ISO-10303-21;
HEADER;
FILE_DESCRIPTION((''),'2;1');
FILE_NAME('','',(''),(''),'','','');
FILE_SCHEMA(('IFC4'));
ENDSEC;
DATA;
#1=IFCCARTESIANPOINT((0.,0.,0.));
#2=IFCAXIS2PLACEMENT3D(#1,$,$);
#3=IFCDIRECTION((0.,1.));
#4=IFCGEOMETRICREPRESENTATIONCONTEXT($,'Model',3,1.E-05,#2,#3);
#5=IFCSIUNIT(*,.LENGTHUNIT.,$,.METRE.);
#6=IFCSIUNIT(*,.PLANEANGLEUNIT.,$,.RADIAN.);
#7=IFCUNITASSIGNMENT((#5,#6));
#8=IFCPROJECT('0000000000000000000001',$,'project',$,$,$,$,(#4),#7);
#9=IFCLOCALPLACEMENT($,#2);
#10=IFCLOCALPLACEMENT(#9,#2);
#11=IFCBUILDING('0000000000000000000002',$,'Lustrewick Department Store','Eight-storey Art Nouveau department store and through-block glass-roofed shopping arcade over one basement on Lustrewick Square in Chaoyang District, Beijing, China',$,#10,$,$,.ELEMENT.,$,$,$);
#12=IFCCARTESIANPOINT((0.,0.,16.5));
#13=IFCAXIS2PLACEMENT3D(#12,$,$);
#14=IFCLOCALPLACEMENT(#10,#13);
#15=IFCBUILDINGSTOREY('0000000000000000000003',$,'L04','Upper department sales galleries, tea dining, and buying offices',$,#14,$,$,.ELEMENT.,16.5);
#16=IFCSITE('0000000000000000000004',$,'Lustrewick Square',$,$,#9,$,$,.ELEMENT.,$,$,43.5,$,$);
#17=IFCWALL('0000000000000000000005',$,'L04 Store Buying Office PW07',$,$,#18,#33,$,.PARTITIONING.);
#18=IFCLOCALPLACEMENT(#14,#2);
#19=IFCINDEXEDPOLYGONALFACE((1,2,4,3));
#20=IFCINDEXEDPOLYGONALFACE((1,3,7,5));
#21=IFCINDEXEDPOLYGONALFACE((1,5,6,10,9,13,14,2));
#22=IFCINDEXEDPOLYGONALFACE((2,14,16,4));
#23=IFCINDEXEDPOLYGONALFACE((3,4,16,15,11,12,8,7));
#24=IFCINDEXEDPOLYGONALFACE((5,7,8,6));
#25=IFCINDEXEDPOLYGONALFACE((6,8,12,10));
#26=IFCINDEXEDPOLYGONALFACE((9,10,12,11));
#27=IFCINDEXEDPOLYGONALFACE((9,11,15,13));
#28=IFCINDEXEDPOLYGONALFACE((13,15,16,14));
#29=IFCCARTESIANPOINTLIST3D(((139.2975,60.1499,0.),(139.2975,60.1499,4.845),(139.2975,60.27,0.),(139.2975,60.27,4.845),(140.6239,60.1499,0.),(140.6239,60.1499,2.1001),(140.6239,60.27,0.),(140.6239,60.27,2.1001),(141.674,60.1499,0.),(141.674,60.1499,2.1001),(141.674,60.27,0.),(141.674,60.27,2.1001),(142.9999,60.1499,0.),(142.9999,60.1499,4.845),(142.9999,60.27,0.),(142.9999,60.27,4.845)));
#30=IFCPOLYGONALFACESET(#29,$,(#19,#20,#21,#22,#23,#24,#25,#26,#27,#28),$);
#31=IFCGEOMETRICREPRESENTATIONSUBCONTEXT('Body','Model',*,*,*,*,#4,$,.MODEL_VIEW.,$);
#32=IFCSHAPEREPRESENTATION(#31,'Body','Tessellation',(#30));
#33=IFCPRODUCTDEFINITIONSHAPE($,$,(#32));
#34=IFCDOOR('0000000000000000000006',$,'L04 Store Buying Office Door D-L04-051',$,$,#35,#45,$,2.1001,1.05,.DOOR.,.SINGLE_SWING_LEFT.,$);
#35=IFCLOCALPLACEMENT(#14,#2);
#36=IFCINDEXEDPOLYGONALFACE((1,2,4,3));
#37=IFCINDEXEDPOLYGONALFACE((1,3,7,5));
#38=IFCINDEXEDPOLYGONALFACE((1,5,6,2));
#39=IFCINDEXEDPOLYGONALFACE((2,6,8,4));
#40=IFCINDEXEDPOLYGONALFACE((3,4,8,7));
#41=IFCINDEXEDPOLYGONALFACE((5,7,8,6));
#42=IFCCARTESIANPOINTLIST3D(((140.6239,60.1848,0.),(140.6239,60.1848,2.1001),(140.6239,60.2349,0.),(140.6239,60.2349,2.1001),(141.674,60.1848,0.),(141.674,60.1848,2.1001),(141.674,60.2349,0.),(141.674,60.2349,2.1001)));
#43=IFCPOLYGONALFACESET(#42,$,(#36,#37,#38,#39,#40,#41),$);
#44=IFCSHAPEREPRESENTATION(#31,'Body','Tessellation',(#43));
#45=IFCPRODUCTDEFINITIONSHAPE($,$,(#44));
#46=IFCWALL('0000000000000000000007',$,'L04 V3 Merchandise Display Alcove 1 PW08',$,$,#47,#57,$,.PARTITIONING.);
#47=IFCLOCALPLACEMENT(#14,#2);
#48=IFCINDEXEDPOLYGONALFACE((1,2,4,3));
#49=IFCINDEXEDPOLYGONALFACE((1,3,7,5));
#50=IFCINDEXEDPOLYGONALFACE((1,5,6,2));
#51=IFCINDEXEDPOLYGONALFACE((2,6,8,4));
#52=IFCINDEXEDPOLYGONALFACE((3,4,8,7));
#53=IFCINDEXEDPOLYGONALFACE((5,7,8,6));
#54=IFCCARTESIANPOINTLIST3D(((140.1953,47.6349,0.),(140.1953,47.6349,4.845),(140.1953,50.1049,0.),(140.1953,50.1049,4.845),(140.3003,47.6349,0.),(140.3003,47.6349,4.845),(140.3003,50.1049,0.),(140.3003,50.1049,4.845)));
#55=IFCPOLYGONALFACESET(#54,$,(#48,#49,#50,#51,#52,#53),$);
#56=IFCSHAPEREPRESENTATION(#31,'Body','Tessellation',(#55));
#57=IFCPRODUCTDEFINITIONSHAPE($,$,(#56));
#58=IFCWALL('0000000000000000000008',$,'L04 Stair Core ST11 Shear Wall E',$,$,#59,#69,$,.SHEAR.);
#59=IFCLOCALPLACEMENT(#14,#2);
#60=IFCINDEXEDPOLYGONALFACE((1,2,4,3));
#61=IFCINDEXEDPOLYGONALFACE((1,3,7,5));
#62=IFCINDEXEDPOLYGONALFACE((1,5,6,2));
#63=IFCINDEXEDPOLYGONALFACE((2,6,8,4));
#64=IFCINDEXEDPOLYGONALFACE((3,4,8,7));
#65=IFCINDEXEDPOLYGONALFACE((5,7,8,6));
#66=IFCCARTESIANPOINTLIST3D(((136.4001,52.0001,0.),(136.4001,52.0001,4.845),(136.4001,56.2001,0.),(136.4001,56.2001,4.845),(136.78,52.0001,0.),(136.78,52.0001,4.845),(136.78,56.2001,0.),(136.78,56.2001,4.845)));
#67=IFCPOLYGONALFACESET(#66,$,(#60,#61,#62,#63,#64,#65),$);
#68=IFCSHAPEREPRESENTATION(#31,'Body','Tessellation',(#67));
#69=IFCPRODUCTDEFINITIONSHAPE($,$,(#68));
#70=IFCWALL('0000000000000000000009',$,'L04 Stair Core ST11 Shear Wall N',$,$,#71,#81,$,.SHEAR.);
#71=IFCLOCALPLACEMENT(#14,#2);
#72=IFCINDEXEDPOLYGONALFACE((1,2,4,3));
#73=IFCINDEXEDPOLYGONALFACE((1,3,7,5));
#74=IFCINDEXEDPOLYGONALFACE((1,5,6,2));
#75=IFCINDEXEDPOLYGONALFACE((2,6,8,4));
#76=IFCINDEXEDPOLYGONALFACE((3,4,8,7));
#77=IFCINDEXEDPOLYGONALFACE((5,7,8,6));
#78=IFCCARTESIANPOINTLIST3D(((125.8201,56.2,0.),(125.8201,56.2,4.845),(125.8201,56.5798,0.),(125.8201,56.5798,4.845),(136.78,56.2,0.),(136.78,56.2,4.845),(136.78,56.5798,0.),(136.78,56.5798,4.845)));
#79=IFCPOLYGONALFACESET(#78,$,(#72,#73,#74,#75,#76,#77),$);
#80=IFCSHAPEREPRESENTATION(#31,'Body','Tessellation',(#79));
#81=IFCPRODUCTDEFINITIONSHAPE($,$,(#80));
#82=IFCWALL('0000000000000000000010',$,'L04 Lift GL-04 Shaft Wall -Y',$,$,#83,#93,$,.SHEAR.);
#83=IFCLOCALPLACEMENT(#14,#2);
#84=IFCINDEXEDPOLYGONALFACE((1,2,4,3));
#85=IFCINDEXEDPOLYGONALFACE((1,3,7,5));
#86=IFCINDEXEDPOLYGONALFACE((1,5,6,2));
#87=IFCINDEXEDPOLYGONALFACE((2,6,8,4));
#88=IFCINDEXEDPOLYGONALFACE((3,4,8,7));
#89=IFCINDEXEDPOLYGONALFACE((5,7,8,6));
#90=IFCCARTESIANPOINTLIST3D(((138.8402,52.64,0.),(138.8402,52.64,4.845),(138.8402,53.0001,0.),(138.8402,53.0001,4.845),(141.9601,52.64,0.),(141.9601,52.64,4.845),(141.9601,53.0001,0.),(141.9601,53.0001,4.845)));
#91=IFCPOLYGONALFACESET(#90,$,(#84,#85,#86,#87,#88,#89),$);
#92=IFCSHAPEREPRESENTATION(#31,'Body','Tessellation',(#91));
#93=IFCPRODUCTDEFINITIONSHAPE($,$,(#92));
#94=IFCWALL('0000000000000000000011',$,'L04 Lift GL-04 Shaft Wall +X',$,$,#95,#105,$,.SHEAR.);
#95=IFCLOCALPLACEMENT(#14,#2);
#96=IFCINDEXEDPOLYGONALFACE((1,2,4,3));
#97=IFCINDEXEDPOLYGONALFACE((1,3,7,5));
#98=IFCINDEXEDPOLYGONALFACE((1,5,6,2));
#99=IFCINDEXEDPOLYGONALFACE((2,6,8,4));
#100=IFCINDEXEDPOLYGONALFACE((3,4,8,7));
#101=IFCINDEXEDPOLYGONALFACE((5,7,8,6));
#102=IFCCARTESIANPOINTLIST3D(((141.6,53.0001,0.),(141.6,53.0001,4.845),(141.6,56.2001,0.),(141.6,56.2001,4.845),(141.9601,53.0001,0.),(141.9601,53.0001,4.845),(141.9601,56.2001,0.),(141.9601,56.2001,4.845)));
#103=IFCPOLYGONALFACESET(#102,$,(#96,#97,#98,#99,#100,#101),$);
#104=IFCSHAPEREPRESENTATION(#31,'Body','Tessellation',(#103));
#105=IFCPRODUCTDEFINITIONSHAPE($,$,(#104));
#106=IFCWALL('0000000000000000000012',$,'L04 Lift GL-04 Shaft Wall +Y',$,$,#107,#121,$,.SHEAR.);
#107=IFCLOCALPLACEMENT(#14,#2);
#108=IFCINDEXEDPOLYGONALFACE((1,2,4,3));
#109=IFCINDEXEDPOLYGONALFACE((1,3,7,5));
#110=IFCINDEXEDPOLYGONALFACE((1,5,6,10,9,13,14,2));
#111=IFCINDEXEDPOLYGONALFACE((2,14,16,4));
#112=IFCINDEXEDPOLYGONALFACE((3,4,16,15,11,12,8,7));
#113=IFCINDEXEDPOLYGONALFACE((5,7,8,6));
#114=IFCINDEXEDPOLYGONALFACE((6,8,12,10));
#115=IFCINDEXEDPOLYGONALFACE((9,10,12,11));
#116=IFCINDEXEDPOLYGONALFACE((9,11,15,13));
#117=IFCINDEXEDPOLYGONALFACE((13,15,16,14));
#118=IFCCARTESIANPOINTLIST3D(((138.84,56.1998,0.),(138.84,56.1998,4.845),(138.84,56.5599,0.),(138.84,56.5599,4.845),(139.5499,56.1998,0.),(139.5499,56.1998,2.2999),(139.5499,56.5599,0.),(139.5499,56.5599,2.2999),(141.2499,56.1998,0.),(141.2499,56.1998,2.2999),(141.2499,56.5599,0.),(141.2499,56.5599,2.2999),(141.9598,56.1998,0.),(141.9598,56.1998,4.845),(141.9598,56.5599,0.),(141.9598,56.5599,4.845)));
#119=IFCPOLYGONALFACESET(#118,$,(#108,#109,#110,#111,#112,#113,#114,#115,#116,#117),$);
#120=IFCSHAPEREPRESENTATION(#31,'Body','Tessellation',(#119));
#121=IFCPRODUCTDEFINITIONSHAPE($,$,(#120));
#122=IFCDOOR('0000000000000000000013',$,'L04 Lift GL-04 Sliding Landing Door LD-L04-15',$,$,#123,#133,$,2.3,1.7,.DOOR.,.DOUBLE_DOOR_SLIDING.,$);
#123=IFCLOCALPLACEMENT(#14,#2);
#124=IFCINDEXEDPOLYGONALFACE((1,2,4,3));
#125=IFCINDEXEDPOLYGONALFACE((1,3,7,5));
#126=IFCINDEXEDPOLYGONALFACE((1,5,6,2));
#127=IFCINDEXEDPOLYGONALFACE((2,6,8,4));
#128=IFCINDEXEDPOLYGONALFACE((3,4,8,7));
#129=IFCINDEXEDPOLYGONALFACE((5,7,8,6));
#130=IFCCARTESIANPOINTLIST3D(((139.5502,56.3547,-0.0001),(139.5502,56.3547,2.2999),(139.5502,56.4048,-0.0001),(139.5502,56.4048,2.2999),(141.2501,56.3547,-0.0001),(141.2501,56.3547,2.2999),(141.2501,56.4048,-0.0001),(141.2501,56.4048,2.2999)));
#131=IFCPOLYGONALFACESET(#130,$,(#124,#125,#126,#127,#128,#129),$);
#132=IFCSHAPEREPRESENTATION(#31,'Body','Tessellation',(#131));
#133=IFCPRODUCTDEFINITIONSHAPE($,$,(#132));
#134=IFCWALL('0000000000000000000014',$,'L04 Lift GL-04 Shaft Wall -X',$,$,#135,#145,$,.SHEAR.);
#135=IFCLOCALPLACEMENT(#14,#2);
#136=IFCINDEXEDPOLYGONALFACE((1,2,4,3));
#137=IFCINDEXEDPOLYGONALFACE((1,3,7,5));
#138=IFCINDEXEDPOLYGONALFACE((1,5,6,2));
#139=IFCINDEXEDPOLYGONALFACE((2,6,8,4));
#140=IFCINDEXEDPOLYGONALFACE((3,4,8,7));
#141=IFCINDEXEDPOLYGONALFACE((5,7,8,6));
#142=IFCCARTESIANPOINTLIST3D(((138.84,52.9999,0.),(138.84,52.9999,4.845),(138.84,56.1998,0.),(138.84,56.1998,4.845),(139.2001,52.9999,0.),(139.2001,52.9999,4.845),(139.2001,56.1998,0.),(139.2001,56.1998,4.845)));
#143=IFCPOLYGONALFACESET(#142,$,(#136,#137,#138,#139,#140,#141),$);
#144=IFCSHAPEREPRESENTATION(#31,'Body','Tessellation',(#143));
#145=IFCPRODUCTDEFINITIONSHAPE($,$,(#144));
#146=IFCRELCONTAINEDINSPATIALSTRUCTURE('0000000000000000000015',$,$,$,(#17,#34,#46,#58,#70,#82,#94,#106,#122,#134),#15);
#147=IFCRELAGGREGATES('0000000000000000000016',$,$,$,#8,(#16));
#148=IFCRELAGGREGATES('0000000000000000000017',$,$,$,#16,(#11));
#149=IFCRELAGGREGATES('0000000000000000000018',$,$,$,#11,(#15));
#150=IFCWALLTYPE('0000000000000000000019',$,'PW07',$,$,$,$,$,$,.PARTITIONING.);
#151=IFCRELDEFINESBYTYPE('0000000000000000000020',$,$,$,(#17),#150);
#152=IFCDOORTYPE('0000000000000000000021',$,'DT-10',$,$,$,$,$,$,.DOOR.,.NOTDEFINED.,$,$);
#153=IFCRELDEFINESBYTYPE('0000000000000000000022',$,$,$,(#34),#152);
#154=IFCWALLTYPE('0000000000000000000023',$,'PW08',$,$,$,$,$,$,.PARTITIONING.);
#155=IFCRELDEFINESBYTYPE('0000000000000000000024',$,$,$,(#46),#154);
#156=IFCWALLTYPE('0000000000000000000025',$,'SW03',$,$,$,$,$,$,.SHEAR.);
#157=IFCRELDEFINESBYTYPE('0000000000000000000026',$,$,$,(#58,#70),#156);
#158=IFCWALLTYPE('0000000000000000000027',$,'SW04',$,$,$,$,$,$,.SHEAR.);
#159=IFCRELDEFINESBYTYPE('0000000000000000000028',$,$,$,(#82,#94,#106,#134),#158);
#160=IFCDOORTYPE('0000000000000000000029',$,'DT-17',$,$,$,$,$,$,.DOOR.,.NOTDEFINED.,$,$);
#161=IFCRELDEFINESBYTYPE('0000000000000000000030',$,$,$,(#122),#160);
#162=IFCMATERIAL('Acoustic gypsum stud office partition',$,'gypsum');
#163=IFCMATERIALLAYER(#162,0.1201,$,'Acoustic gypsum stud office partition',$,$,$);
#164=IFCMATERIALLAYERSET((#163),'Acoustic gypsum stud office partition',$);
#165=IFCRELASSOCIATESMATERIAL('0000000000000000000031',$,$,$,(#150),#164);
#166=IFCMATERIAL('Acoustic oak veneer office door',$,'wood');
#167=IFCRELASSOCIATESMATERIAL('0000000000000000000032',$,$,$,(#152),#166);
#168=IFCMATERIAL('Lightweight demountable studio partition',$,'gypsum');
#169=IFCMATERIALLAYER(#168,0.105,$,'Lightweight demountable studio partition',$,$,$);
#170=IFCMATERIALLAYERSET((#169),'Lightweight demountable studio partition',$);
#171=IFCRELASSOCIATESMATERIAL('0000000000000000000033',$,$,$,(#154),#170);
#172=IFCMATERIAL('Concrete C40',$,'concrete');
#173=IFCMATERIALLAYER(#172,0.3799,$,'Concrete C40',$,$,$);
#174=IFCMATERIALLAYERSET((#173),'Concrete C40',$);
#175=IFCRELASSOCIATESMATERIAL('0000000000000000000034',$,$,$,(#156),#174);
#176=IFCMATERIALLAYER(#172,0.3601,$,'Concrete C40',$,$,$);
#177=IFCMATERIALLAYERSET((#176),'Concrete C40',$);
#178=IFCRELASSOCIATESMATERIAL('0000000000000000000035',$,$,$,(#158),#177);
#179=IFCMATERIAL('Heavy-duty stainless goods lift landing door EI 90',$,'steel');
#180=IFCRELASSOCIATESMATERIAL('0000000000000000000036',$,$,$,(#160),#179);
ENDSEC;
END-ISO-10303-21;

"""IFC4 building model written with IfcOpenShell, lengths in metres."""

from ifc_helpers import new_model, si_unit, direction, frame, frame_2d, origin, place, context, subcontext, project, spatial, rectangle, extrude, material, layer, layer_set, type_object, element, fill, save


model = new_model("IFC4")

# Units and contexts
model_context = context("Model", 3, precision=1e-05, world=origin(), true_north=direction((0.0, 1.0)))
body_context = subcontext(model_context, "Body", "Model", "MODEL_VIEW")
ifc_project = project(units=[si_unit("LENGTHUNIT", "METRE"), si_unit("PLANEANGLEUNIT", "RADIAN")], contexts=[model_context])

# Site, building, storey
site_placement = place(None, origin())
site = spatial("IfcSite", under=ifc_project, at=site_placement, Name="Lustrewick Square", CompositionType="ELEMENT", RefElevation=43.5)
building_placement = place(site_placement, origin())
building = spatial("IfcBuilding", under=site, at=building_placement, Name="Lustrewick Department Store", Description="Eight-storey Art Nouveau department store and through-block glass-roofed shopping arcade over one basement on Lustrewick Square in Chaoyang District, Beijing, China", CompositionType="ELEMENT")
storey_placement = place(building_placement, frame((0.0, 0.0, 16.5)))
storey = spatial("IfcBuildingStorey", under=building, at=storey_placement, Name="L04", Description="Upper department sales galleries, tea dining, and buying offices", CompositionType="ELEMENT", Elevation=16.5)

# Wall, opening, door
ifc_material_1 = material(Name="Acoustic gypsum stud office partition", Category="gypsum")
ifc_layer_1 = layer(ifc_material_1, 0.1201, Name="Acoustic gypsum stud office partition")
ifc_layer_set_1 = layer_set([ifc_layer_1], Name="Acoustic gypsum stud office partition")
wall_type_1 = type_object("IfcWallType", Name="PW07", PredefinedType="PARTITIONING", material=ifc_layer_set_1)
wall_1_placement = place(storey_placement, frame((139.2976, 60.21, 0.0), z_axis=(0.0, 0.0, 1.0), x_axis=(1.0, 0.0, 0.0)))
wall_1 = element("IfcWall", 1, at=wall_1_placement, inside=storey, type_object=wall_type_1, Name="L04 Store Buying Office PW07", PredefinedType="PARTITIONING", context=body_context, shape_type="SweptSolid", body=[
    extrude(rectangle(XDim=3.7024, YDim=0.1201, at=frame_2d((1.8511, 0.0))), origin(), (0.0, 0.0, 1.0), 4.845),
])
opening_1_placement = place(wall_1_placement, frame((1.3264, 0.0, 0.0)))
opening_1 = element("IfcOpeningElement", 2, at=opening_1_placement, cuts=wall_1, PredefinedType="OPENING", context=body_context, shape_type="SweptSolid", body=[
    extrude(rectangle(XDim=1.05, YDim=2.1001, at=frame_2d((0.5249, 1.05))), frame((0.0, 0.0701, 0.0), z_axis=(0.0, -1.0, 0.0), x_axis=(1.0, 0.0, 0.0)), (0.0, 0.0, 1.0), 0.1401),
])
ifc_material_2 = material(Name="Acoustic oak veneer office door", Category="wood")
door_type_1 = type_object("IfcDoorType", Name="DT-10", OperationType="NOTDEFINED", PredefinedType="DOOR", material=ifc_material_2)
door_1_placement = place(opening_1_placement, origin())
door_1 = element("IfcDoor", 3, at=door_1_placement, inside=storey, type_object=door_type_1, Name="L04 Store Buying Office Door D-L04-051", OperationType="SINGLE_SWING_LEFT", OverallHeight=2.1001, OverallWidth=1.05, PredefinedType="DOOR", context=body_context, shape_type="SweptSolid", body=[
    extrude(rectangle(XDim=1.05, YDim=2.1001, at=frame_2d((0.5249, 1.05))), frame((0.0, 0.0249, 0.0), z_axis=(0.0, -1.0, 0.0), x_axis=(1.0, 0.0, 0.0)), (0.0, 0.0, 1.0), 0.05),
])
fill(opening_1, door_1)

# Walls
ifc_material_3 = material(Name="Lightweight demountable studio partition", Category="gypsum")
ifc_layer_2 = layer(ifc_material_3, 0.105, Name="Lightweight demountable studio partition")
ifc_layer_set_2 = layer_set([ifc_layer_2], Name="Lightweight demountable studio partition")
wall_type_2 = type_object("IfcWallType", Name="PW08", PredefinedType="PARTITIONING", material=ifc_layer_set_2)
wall_2_placement = place(storey_placement, frame((140.2478, 47.635, 0.0), z_axis=(0.0, 0.0, 1.0), x_axis=(0.0, 1.0, 0.0)))
element("IfcWall", 4, at=wall_2_placement, inside=storey, type_object=wall_type_2, Name="L04 V3 Merchandise Display Alcove 1 PW08", PredefinedType="PARTITIONING", context=body_context, shape_type="SweptSolid", body=[
    extrude(rectangle(XDim=2.47, YDim=0.105, at=frame_2d((1.2349, 0.0))), origin(), (0.0, 0.0, 1.0), 4.845),
])
ifc_material_4 = material(Name="Concrete C40", Category="concrete")
ifc_layer_3 = layer(ifc_material_4, 0.3799, Name="Concrete C40")
ifc_layer_set_3 = layer_set([ifc_layer_3], Name="Concrete C40")
wall_type_3 = type_object("IfcWallType", Name="SW03", PredefinedType="SHEAR", material=ifc_layer_set_3)
wall_3_placement = place(storey_placement, frame((136.5901, 52.0, 0.0), z_axis=(0.0, 0.0, 1.0), x_axis=(0.0, 1.0, 0.0)))
element("IfcWall", 5, at=wall_3_placement, inside=storey, type_object=wall_type_3, Name="L04 Stair Core ST11 Shear Wall E", PredefinedType="SHEAR", context=body_context, shape_type="SweptSolid", body=[
    extrude(rectangle(XDim=4.2, YDim=0.3799, at=frame_2d((2.1001, 0.0))), origin(), (0.0, 0.0, 1.0), 4.845),
])
wall_4_placement = place(storey_placement, frame((136.78, 56.3899, 0.0), z_axis=(0.0, 0.0, 1.0), x_axis=(-1.0, 0.0, 0.0)))
element("IfcWall", 6, at=wall_4_placement, inside=storey, type_object=wall_type_3, Name="L04 Stair Core ST11 Shear Wall N", PredefinedType="SHEAR", context=body_context, shape_type="SweptSolid", body=[
    extrude(rectangle(XDim=10.96, YDim=0.3799, at=frame_2d((5.48, 0.0))), origin(), (0.0, 0.0, 1.0), 4.845),
])
ifc_layer_4 = layer(ifc_material_4, 0.3601, Name="Concrete C40")
ifc_layer_set_4 = layer_set([ifc_layer_4], Name="Concrete C40")
wall_type_4 = type_object("IfcWallType", Name="SW04", PredefinedType="SHEAR", material=ifc_layer_set_4)
wall_5_placement = place(storey_placement, frame((138.8401, 52.8201, 0.0), z_axis=(0.0, 0.0, 1.0), x_axis=(1.0, 0.0, 0.0)))
element("IfcWall", 7, at=wall_5_placement, inside=storey, type_object=wall_type_4, Name="L04 Lift GL-04 Shaft Wall -Y", PredefinedType="SHEAR", context=body_context, shape_type="SweptSolid", body=[
    extrude(rectangle(XDim=3.1199, YDim=0.3601, at=frame_2d((1.5601, 0.0))), origin(), (0.0, 0.0, 1.0), 4.845),
])
wall_6_placement = place(storey_placement, frame((141.78, 53.0, 0.0), z_axis=(0.0, 0.0, 1.0), x_axis=(0.0, 1.0, 0.0)))
element("IfcWall", 8, at=wall_6_placement, inside=storey, type_object=wall_type_4, Name="L04 Lift GL-04 Shaft Wall +X", PredefinedType="SHEAR", context=body_context, shape_type="SweptSolid", body=[
    extrude(rectangle(XDim=3.2, YDim=0.3601, at=frame_2d((1.6001, 0.0))), origin(), (0.0, 0.0, 1.0), 4.845),
])

# Wall, opening, door
wall_7_placement = place(storey_placement, frame((141.96, 56.3799, 0.0), z_axis=(0.0, 0.0, 1.0), x_axis=(-1.0, 0.0, 0.0)))
wall_7 = element("IfcWall", 9, at=wall_7_placement, inside=storey, type_object=wall_type_4, Name="L04 Lift GL-04 Shaft Wall +Y", PredefinedType="SHEAR", context=body_context, shape_type="SweptSolid", body=[
    extrude(rectangle(XDim=3.1199, YDim=0.3601, at=frame_2d((1.5601, 0.0))), origin(), (0.0, 0.0, 1.0), 4.845),
])
opening_2_placement = place(wall_7_placement, frame((0.71, 0.0, 0.0)))
opening_2 = element("IfcOpeningElement", 10, at=opening_2_placement, cuts=wall_7, PredefinedType="OPENING", context=body_context, shape_type="SweptSolid", body=[
    extrude(rectangle(XDim=1.7, YDim=2.3, at=frame_2d((0.8501, 1.1499))), frame((0.0, 0.1899, 0.0), z_axis=(0.0, -1.0, 0.0), x_axis=(1.0, 0.0, 0.0)), (0.0, 0.0, 1.0), 0.3801),
])
ifc_material_5 = material(Name="Heavy-duty stainless goods lift landing door EI 90", Category="steel")
door_type_2 = type_object("IfcDoorType", Name="DT-17", OperationType="NOTDEFINED", PredefinedType="DOOR", material=ifc_material_5)
door_2_placement = place(opening_2_placement, frame((1.7, 0.0, 0.0), z_axis=(0.0, 0.0, 1.0), x_axis=(-1.0, 0.0, 0.0)))
door_2 = element("IfcDoor", 11, at=door_2_placement, inside=storey, type_object=door_type_2, Name="L04 Lift GL-04 Sliding Landing Door LD-L04-15", OperationType="DOUBLE_DOOR_SLIDING", OverallHeight=2.3, OverallWidth=1.7, PredefinedType="DOOR", context=body_context, shape_type="SweptSolid", body=[
    extrude(rectangle(XDim=1.7, YDim=2.3, at=frame_2d((0.8501, 1.1499))), frame((0.0, 0.0249, 0.0), z_axis=(0.0, -1.0, 0.0), x_axis=(1.0, 0.0, 0.0)), (0.0, 0.0, 1.0), 0.05),
])
fill(opening_2, door_2)

# Wall
wall_8_placement = place(storey_placement, frame((139.02, 56.2, 0.0), z_axis=(0.0, 0.0, 1.0), x_axis=(0.0, -1.0, 0.0)))
element("IfcWall", 12, at=wall_8_placement, inside=storey, type_object=wall_type_4, Name="L04 Lift GL-04 Shaft Wall -X", PredefinedType="SHEAR", context=body_context, shape_type="SweptSolid", body=[
    extrude(rectangle(XDim=3.2, YDim=0.3601, at=frame_2d((1.6001, 0.0))), origin(), (0.0, 0.0, 1.0), 4.845),
])

save(model, "model.ifc")
